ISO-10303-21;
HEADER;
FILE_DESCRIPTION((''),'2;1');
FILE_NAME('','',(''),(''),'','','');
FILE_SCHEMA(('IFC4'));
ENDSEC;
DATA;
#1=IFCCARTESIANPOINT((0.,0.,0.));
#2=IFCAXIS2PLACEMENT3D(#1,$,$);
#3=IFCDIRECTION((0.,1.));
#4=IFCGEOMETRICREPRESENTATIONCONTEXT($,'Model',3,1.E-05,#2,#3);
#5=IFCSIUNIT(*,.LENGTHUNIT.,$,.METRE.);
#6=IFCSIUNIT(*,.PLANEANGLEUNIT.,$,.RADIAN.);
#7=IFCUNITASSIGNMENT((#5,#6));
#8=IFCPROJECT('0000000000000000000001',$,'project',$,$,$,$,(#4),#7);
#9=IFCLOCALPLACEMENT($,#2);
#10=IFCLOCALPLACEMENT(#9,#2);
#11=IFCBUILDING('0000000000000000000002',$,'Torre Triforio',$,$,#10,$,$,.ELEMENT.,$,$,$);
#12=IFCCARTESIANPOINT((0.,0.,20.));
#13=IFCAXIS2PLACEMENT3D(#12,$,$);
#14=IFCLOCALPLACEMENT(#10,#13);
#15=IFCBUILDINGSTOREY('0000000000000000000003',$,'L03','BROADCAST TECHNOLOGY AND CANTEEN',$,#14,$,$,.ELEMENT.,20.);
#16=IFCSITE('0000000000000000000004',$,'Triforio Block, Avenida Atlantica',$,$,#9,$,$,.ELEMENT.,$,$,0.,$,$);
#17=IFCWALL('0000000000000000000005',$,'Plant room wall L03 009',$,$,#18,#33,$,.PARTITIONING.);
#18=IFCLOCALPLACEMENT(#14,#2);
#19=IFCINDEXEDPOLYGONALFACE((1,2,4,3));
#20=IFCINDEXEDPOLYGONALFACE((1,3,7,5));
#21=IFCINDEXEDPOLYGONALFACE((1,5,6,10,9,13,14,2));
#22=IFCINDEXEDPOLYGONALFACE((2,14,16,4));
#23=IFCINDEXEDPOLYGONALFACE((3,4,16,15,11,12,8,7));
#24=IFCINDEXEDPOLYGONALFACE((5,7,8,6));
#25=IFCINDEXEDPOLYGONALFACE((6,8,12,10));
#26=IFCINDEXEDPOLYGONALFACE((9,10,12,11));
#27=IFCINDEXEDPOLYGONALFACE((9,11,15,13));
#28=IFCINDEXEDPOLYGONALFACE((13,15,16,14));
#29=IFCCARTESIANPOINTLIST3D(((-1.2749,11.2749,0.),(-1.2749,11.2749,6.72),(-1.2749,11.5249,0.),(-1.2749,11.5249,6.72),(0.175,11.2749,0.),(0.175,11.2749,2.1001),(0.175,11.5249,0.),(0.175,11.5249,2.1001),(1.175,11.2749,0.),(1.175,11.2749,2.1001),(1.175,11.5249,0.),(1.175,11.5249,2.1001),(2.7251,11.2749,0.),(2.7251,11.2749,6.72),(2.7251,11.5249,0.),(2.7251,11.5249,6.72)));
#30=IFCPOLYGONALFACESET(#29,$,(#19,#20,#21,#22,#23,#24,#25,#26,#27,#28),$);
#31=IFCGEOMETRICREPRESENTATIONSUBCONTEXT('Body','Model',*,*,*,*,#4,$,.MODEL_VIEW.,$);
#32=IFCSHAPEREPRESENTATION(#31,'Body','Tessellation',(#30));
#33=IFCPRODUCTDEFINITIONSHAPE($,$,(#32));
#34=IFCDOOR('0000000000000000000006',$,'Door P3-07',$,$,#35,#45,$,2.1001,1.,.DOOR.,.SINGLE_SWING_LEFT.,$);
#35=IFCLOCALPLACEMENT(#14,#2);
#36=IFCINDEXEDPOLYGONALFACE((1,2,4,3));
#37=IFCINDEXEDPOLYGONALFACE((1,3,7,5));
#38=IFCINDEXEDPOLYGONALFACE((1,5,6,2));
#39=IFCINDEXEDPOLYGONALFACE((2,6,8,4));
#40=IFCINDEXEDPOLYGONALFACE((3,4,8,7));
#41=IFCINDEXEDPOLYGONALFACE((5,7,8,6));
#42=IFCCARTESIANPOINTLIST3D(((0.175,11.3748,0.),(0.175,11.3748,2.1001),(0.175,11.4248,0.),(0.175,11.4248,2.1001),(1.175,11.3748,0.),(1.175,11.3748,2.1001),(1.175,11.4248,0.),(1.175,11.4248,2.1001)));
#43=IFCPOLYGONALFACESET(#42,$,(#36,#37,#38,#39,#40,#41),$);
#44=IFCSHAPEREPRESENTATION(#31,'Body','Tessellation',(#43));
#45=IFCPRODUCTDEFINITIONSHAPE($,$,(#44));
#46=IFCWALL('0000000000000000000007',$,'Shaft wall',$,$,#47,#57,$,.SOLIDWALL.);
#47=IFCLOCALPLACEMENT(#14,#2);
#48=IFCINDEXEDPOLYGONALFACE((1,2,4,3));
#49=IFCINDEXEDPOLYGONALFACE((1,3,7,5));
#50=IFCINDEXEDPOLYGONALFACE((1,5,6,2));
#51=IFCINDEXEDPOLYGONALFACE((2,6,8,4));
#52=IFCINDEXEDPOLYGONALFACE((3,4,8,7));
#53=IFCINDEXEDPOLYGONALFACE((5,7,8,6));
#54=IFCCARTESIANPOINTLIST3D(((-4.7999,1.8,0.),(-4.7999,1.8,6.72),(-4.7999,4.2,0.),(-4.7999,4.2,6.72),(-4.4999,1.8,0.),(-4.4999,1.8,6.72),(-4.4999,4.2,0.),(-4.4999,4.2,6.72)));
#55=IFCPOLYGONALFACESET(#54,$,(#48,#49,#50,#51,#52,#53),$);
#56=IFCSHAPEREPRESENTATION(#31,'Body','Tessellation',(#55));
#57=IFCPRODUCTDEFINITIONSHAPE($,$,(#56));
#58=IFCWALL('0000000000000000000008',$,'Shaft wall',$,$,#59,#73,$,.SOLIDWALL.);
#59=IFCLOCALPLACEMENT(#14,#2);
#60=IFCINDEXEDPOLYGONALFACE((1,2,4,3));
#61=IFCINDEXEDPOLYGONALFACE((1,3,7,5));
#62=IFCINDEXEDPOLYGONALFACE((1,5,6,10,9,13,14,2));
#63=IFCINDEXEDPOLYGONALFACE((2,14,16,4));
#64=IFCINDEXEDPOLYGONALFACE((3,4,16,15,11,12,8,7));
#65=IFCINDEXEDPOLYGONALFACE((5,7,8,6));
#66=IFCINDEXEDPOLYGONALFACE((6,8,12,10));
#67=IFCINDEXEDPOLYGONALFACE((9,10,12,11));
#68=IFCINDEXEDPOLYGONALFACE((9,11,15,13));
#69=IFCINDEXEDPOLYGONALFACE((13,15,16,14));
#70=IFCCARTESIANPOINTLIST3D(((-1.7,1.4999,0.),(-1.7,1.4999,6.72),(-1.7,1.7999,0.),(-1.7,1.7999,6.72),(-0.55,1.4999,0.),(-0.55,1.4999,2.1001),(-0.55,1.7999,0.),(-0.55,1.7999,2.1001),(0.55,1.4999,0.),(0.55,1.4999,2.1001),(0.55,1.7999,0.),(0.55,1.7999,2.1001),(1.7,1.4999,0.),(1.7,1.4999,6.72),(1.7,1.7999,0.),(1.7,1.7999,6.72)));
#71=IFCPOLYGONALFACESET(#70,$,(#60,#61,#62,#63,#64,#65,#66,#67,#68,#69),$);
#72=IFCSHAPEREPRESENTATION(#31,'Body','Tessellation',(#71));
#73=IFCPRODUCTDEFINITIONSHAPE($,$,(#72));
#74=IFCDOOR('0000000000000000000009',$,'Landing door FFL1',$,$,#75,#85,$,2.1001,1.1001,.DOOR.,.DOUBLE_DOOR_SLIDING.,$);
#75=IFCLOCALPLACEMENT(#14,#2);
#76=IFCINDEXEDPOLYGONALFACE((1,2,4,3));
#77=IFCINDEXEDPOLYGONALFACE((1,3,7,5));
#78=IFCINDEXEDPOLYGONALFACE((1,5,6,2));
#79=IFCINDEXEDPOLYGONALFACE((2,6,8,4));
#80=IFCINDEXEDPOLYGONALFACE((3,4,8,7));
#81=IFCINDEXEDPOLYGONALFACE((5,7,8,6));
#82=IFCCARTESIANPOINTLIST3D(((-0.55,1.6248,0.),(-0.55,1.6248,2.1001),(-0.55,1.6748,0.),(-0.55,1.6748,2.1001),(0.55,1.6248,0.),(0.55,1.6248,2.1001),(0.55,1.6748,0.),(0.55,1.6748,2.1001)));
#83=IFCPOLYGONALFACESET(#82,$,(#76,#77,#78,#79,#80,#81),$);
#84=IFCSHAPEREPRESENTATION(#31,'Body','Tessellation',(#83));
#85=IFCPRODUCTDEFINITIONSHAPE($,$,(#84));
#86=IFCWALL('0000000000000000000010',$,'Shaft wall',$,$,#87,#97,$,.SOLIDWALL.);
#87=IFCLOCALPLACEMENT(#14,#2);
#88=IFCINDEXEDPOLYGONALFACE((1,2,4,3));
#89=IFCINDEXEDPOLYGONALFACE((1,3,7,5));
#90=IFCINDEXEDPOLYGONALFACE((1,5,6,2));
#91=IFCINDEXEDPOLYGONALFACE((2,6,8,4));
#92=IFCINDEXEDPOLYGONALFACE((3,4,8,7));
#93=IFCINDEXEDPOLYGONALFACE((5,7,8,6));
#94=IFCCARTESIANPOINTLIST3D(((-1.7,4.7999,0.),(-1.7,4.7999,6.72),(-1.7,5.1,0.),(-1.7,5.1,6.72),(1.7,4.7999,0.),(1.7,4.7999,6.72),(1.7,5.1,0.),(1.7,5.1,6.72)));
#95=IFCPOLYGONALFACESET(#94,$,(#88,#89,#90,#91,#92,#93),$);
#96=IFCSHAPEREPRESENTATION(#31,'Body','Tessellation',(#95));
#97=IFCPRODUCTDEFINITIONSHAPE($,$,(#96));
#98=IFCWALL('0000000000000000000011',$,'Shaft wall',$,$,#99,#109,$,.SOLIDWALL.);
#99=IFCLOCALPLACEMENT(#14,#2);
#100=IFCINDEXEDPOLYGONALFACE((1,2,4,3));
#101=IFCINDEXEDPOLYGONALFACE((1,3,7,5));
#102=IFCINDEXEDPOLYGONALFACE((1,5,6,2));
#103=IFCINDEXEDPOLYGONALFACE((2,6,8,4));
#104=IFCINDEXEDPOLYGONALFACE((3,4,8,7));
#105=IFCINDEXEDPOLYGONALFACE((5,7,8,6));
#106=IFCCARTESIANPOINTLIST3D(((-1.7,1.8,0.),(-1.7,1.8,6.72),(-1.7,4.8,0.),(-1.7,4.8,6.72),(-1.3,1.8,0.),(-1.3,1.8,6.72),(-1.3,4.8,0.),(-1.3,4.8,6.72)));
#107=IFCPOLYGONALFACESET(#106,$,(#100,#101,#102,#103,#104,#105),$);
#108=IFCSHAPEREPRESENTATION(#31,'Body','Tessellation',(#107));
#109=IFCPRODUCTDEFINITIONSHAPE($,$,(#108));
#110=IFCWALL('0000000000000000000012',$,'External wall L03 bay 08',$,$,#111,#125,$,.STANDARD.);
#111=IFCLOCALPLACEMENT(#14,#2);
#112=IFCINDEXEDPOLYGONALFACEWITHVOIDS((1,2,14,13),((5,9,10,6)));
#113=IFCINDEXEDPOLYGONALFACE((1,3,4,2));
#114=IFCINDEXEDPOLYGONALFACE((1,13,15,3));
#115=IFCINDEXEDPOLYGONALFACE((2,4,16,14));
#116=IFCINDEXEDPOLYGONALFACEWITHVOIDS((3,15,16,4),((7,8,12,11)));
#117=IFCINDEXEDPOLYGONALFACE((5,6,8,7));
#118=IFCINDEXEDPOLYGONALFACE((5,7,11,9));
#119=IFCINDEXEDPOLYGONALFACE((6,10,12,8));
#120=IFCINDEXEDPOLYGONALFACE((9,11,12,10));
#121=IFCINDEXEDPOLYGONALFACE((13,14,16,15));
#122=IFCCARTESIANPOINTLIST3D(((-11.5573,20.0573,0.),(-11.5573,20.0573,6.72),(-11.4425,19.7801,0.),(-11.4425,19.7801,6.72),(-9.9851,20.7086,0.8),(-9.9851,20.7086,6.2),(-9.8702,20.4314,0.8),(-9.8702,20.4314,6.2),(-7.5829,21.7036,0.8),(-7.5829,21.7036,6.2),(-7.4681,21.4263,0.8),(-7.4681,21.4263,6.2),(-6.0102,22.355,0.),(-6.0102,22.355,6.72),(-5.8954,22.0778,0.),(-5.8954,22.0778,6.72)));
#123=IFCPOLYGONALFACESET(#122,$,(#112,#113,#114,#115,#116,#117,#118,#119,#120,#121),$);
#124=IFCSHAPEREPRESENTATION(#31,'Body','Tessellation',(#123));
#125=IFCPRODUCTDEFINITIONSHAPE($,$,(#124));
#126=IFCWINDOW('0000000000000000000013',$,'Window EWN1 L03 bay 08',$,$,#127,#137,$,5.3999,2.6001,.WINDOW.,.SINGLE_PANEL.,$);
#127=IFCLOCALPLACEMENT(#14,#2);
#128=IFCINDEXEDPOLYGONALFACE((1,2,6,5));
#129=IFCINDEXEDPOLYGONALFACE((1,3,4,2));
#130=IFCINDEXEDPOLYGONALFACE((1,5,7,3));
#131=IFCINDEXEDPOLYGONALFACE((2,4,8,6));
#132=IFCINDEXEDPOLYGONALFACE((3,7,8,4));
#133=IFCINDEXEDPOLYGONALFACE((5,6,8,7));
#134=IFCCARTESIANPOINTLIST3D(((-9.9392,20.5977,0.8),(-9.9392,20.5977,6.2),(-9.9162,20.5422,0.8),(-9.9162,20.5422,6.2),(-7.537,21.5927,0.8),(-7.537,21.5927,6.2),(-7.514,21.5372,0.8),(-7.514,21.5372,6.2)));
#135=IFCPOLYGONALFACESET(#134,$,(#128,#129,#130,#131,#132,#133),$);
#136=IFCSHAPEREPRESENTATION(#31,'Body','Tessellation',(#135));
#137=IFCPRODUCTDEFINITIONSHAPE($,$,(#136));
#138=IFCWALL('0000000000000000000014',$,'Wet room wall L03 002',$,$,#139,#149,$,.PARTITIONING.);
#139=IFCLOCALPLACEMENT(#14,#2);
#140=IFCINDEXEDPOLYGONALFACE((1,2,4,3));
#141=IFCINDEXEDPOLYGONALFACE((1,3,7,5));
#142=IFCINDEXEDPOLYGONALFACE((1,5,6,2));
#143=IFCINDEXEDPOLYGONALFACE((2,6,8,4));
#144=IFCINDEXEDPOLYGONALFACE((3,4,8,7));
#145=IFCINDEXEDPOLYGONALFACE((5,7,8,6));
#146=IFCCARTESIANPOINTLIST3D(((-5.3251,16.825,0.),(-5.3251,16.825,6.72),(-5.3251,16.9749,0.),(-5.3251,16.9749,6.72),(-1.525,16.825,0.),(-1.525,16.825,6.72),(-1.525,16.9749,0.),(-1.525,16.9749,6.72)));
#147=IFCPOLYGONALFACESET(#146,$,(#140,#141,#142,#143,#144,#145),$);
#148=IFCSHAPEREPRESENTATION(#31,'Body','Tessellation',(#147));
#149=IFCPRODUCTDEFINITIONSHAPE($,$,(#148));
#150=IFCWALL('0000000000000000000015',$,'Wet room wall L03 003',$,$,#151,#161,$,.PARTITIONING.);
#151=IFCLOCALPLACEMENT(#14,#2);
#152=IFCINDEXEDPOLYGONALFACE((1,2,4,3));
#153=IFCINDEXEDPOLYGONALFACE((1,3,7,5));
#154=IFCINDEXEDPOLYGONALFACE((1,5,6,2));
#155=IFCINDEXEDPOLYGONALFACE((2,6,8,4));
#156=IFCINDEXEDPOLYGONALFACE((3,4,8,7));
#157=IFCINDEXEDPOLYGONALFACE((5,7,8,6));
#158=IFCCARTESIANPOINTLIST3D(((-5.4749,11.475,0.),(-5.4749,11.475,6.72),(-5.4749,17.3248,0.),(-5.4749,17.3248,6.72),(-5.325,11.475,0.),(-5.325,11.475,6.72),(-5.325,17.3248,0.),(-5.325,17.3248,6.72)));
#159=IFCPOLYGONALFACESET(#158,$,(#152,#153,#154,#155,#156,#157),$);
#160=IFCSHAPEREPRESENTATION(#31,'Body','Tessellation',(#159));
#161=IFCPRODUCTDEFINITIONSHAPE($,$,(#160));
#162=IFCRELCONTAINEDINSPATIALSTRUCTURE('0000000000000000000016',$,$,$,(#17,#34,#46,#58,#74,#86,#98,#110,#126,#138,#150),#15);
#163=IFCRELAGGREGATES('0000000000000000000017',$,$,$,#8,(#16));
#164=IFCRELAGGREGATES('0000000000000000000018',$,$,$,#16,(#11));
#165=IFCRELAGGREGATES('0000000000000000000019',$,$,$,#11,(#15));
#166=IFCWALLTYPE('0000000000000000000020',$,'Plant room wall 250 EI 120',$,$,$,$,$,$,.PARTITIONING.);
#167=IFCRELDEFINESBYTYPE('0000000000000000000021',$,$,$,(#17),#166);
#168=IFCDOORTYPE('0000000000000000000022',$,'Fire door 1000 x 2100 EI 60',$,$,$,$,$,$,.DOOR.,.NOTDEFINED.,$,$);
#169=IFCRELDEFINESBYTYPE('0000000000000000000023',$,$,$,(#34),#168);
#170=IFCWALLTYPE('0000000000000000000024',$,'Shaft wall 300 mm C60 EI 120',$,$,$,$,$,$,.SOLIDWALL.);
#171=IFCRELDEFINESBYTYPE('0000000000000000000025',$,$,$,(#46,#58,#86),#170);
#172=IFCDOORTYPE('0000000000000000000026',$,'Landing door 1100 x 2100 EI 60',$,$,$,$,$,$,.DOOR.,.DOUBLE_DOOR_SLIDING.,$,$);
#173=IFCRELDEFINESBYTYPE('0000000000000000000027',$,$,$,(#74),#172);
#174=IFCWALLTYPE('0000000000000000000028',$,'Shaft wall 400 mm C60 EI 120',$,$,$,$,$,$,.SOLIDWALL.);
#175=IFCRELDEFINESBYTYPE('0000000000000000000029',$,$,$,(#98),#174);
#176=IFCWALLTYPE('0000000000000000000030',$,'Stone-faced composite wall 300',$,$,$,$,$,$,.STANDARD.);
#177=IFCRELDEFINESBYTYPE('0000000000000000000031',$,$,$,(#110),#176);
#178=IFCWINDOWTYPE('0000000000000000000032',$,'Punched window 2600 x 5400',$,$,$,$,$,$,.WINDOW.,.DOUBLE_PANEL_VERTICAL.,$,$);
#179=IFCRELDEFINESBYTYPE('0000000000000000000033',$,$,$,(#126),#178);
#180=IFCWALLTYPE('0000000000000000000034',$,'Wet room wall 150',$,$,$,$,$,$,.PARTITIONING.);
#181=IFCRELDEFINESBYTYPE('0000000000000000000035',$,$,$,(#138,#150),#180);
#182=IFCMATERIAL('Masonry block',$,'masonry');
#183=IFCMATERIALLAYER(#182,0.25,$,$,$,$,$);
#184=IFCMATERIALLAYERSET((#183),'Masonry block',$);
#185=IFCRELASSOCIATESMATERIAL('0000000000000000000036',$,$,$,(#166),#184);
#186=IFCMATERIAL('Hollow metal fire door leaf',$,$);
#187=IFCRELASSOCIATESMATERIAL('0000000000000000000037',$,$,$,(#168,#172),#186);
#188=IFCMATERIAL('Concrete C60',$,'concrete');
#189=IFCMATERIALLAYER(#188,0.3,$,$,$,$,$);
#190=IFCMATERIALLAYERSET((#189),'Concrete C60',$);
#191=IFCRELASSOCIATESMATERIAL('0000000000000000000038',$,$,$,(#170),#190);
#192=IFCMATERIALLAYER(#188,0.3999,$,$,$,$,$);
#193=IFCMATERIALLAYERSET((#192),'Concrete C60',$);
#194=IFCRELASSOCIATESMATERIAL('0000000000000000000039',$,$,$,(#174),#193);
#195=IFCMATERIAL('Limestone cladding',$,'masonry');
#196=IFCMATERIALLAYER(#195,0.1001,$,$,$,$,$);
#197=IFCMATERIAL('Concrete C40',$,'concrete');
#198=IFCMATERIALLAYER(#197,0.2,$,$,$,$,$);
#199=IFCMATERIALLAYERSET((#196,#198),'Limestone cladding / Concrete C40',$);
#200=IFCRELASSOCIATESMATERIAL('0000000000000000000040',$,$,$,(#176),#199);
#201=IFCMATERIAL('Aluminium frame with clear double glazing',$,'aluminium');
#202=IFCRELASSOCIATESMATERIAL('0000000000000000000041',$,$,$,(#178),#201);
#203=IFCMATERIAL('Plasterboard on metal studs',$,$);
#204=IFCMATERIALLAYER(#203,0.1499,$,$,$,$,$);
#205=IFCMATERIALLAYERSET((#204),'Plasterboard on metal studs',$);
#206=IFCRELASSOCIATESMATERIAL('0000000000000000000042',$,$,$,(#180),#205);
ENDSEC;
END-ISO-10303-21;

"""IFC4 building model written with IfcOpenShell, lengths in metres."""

from ifc_helpers import new_model, si_unit, direction, frame, frame_2d, origin, place, context, subcontext, project, spatial, rectangle, extrude, material, layer, layer_set, type_object, element, fill, save


model = new_model("IFC4")

# Units and contexts
model_context = context("Model", 3, precision=1e-05, world=origin(), true_north=direction((0.0, 1.0)))
body_context = subcontext(model_context, "Body", "Model", "MODEL_VIEW")
ifc_project = project(units=[si_unit("LENGTHUNIT", "METRE"), si_unit("PLANEANGLEUNIT", "RADIAN")], contexts=[model_context])

# Site, building, storey
site_placement = place(None, origin())
site = spatial("IfcSite", under=ifc_project, at=site_placement, Name="Triforio Block, Avenida Atlantica", CompositionType="ELEMENT", RefElevation=0.0)
building_placement = place(site_placement, origin())
building = spatial("IfcBuilding", under=site, at=building_placement, Name="Torre Triforio", CompositionType="ELEMENT")
storey_placement = place(building_placement, frame((0.0, 0.0, 20.0)))
storey = spatial("IfcBuildingStorey", under=building, at=storey_placement, Name="L03", Description="BROADCAST TECHNOLOGY AND CANTEEN", CompositionType="ELEMENT", Elevation=20.0)

# Shared definitions
ifc_material_1 = material(Name="Concrete C60", Category="concrete")

# Shared definitions
ifc_material_2 = material(Name="Hollow metal fire door leaf")

# Shared definitions
ifc_material_3 = material(Name="Masonry block", Category="masonry")
ifc_layer_1 = layer(ifc_material_3, 0.25)
ifc_layer_set_1 = layer_set([ifc_layer_1], Name="Masonry block")
wall_type_1 = type_object("IfcWallType", Name="Plant room wall 250 EI 120", PredefinedType="PARTITIONING", material=ifc_layer_set_1)

# Wall, opening, door
wall_1_placement = place(storey_placement, frame((-1.2749, 11.3999, 0.0), z_axis=(0.0, 0.0, 1.0), x_axis=(1.0, 0.0, 0.0)))
wall_1 = element("IfcWall", 1, at=wall_1_placement, inside=storey, type_object=wall_type_1, Name="Plant room wall L03 009", PredefinedType="PARTITIONING", context=body_context, shape_type="SweptSolid", body=[
    extrude(rectangle(XDim=4.0, YDim=0.25, at=frame_2d((2.0, 0.0))), origin(), (0.0, 0.0, 1.0), 6.72),
])
opening_1_placement = place(wall_1_placement, frame((1.45, 0.0, 0.0)))
opening_1 = element("IfcOpeningElement", 2, at=opening_1_placement, cuts=wall_1, PredefinedType="OPENING", context=body_context, shape_type="SweptSolid", body=[
    extrude(rectangle(XDim=1.0, YDim=2.1001, at=frame_2d((0.5, 1.05))), frame((0.0, 0.135, 0.0), z_axis=(0.0, -1.0, 0.0), x_axis=(1.0, 0.0, 0.0)), (0.0, 0.0, 1.0), 0.27),
])
door_type_1 = type_object("IfcDoorType", Name="Fire door 1000 x 2100 EI 60", OperationType="NOTDEFINED", PredefinedType="DOOR", material=ifc_material_2)
door_1_placement = place(opening_1_placement, origin())
door_1 = element("IfcDoor", 3, at=door_1_placement, inside=storey, type_object=door_type_1, Name="Door P3-07", OperationType="SINGLE_SWING_LEFT", OverallHeight=2.1001, OverallWidth=1.0, PredefinedType="DOOR", context=body_context, shape_type="SweptSolid", body=[
    extrude(rectangle(XDim=1.0, YDim=2.1001, at=frame_2d((0.5, 1.05))), frame((0.0, 0.0249, 0.0), z_axis=(0.0, -1.0, 0.0), x_axis=(1.0, 0.0, 0.0)), (0.0, 0.0, 1.0), 0.05),
])
fill(opening_1, door_1)

# Wall
ifc_layer_2 = layer(ifc_material_1, 0.3)
ifc_layer_set_2 = layer_set([ifc_layer_2], Name="Concrete C60")
wall_type_2 = type_object("IfcWallType", Name="Shaft wall 300 mm C60 EI 120", PredefinedType="SOLIDWALL", material=ifc_layer_set_2)
wall_2_placement = place(storey_placement, frame((-4.6499, 1.8, 0.0), z_axis=(0.0, 0.0, 1.0), x_axis=(0.0, 1.0, 0.0)))
element("IfcWall", 4, at=wall_2_placement, inside=storey, type_object=wall_type_2, Name="Shaft wall", PredefinedType="SOLIDWALL", context=body_context, shape_type="SweptSolid", body=[
    extrude(rectangle(XDim=2.3999, YDim=0.3, at=frame_2d((1.2, 0.0))), origin(), (0.0, 0.0, 1.0), 6.72),
])

# Wall, opening, door
wall_3_placement = place(storey_placement, frame((-1.7, 1.6499, 0.0), z_axis=(0.0, 0.0, 1.0), x_axis=(1.0, 0.0, 0.0)))
wall_3 = element("IfcWall", 5, at=wall_3_placement, inside=storey, type_object=wall_type_2, Name="Shaft wall", PredefinedType="SOLIDWALL", context=body_context, shape_type="SweptSolid", body=[
    extrude(rectangle(XDim=3.3999, YDim=0.3, at=frame_2d((1.7, 0.0))), origin(), (0.0, 0.0, 1.0), 6.72),
])
opening_2_placement = place(wall_3_placement, frame((1.1499, 0.0, 0.0)))
opening_2 = element("IfcOpeningElement", 6, at=opening_2_placement, cuts=wall_3, PredefinedType="OPENING", context=body_context, shape_type="SweptSolid", body=[
    extrude(rectangle(XDim=1.1001, YDim=2.1001, at=frame_2d((0.55, 1.05))), frame((0.0, 0.1599, 0.0), z_axis=(0.0, -1.0, 0.0), x_axis=(1.0, 0.0, 0.0)), (0.0, 0.0, 1.0), 0.3201),
])
door_type_2 = type_object("IfcDoorType", Name="Landing door 1100 x 2100 EI 60", OperationType="DOUBLE_DOOR_SLIDING", PredefinedType="DOOR", material=ifc_material_2)
door_2_placement = place(opening_2_placement, origin())
door_2 = element("IfcDoor", 7, at=door_2_placement, inside=storey, type_object=door_type_2, Name="Landing door FFL1", OperationType="DOUBLE_DOOR_SLIDING", OverallHeight=2.1001, OverallWidth=1.1001, PredefinedType="DOOR", context=body_context, shape_type="SweptSolid", body=[
    extrude(rectangle(XDim=1.1001, YDim=2.1001, at=frame_2d((0.55, 1.05))), frame((0.0, 0.0249, 0.0), z_axis=(0.0, -1.0, 0.0), x_axis=(1.0, 0.0, 0.0)), (0.0, 0.0, 1.0), 0.05),
])
fill(opening_2, door_2)

# Walls
wall_4_placement = place(storey_placement, frame((-1.7, 4.95, 0.0), z_axis=(0.0, 0.0, 1.0), x_axis=(1.0, 0.0, 0.0)))
element("IfcWall", 8, at=wall_4_placement, inside=storey, type_object=wall_type_2, Name="Shaft wall", PredefinedType="SOLIDWALL", context=body_context, shape_type="SweptSolid", body=[
    extrude(rectangle(XDim=3.3999, YDim=0.3, at=frame_2d((1.7, 0.0))), origin(), (0.0, 0.0, 1.0), 6.72),
])
ifc_layer_3 = layer(ifc_material_1, 0.3999)
ifc_layer_set_3 = layer_set([ifc_layer_3], Name="Concrete C60")
wall_type_3 = type_object("IfcWallType", Name="Shaft wall 400 mm C60 EI 120", PredefinedType="SOLIDWALL", material=ifc_layer_set_3)
wall_5_placement = place(storey_placement, frame((-1.5, 1.8, 0.0), z_axis=(0.0, 0.0, 1.0), x_axis=(0.0, 1.0, 0.0)))
element("IfcWall", 9, at=wall_5_placement, inside=storey, type_object=wall_type_3, Name="Shaft wall", PredefinedType="SOLIDWALL", context=body_context, shape_type="SweptSolid", body=[
    extrude(rectangle(XDim=3.0, YDim=0.3999, at=frame_2d((1.5, 0.0))), origin(), (0.0, 0.0, 1.0), 6.72),
])

# Wall, opening, window
ifc_material_4 = material(Name="Limestone cladding", Category="masonry")
ifc_layer_4 = layer(ifc_material_4, 0.1001)
ifc_material_5 = material(Name="Concrete C40", Category="concrete")
ifc_layer_5 = layer(ifc_material_5, 0.2)
ifc_layer_set_4 = layer_set([ifc_layer_4, ifc_layer_5], Name="Limestone cladding / Concrete C40")
wall_type_4 = type_object("IfcWallType", Name="Stone-faced composite wall 300", PredefinedType="STANDARD", material=ifc_layer_set_4)
wall_6_placement = place(storey_placement, frame((-5.9529, 22.2163, 0.0), z_axis=(0.0, 0.0, 1.0), x_axis=(-0.923885, -0.382671, 0.0)))
wall_6 = element("IfcWall", 10, at=wall_6_placement, inside=storey, type_object=wall_type_4, Name="External wall L03 bay 08", PredefinedType="STANDARD", context=body_context, shape_type="SweptSolid", body=[
    extrude(rectangle(XDim=6.0042, YDim=0.3, at=frame_2d((3.002, 0.0))), origin(), (0.0, 0.0, 1.0), 6.72),
])
opening_3_placement = place(wall_6_placement, frame((1.7021, 0.0, 0.8)))
opening_3 = element("IfcOpeningElement", 11, at=opening_3_placement, cuts=wall_6, PredefinedType="OPENING", context=body_context, shape_type="SweptSolid", body=[
    extrude(rectangle(XDim=2.6001, YDim=5.3999, at=frame_2d((1.3, 2.7))), frame((0.0, 0.1599, 0.0), z_axis=(0.0, -1.0, 0.0), x_axis=(1.0, 0.0, 0.0)), (0.0, 0.0, 1.0), 0.3201),
])
ifc_material_6 = material(Name="Aluminium frame with clear double glazing", Category="aluminium")
window_type = type_object("IfcWindowType", Name="Punched window 2600 x 5400", PartitioningType="DOUBLE_PANEL_VERTICAL", PredefinedType="WINDOW", material=ifc_material_6)
window_placement = place(opening_3_placement, origin())
window = element("IfcWindow", 12, at=window_placement, inside=storey, type_object=window_type, Name="Window EWN1 L03 bay 08", OverallHeight=5.3999, OverallWidth=2.6001, PartitioningType="SINGLE_PANEL", PredefinedType="WINDOW", context=body_context, shape_type="SweptSolid", body=[
    extrude(rectangle(XDim=2.6001, YDim=5.3999, at=frame_2d((1.3, 2.7))), frame((0.0, 0.03, 0.0), z_axis=(0.0, -1.0, 0.0), x_axis=(1.0, 0.0, 0.0)), (0.0, 0.0, 1.0), 0.0601),
])
fill(opening_3, window)

# Walls
ifc_material_7 = material(Name="Plasterboard on metal studs")
ifc_layer_6 = layer(ifc_material_7, 0.1499)
ifc_layer_set_5 = layer_set([ifc_layer_6], Name="Plasterboard on metal studs")
wall_type_5 = type_object("IfcWallType", Name="Wet room wall 150", PredefinedType="PARTITIONING", material=ifc_layer_set_5)
wall_7_placement = place(storey_placement, frame((-5.325, 16.8999, 0.0), z_axis=(0.0, 0.0, 1.0), x_axis=(1.0, 0.0, 0.0)))
element("IfcWall", 13, at=wall_7_placement, inside=storey, type_object=wall_type_5, Name="Wet room wall L03 002", PredefinedType="PARTITIONING", context=body_context, shape_type="SweptSolid", body=[
    extrude(rectangle(XDim=3.8, YDim=0.1499, at=frame_2d((1.8999, 0.0))), origin(), (0.0, 0.0, 1.0), 6.72),
])
wall_8_placement = place(storey_placement, frame((-5.3999, 11.4751, 0.0), z_axis=(0.0, 0.0, 1.0), x_axis=(0.0, 1.0, 0.0)))
element("IfcWall", 14, at=wall_8_placement, inside=storey, type_object=wall_type_5, Name="Wet room wall L03 003", PredefinedType="PARTITIONING", context=body_context, shape_type="SweptSolid", body=[
    extrude(rectangle(XDim=5.8499, YDim=0.1499, at=frame_2d((2.9248, 0.0))), origin(), (0.0, 0.0, 1.0), 6.72),
])

save(model, "model.ifc")
